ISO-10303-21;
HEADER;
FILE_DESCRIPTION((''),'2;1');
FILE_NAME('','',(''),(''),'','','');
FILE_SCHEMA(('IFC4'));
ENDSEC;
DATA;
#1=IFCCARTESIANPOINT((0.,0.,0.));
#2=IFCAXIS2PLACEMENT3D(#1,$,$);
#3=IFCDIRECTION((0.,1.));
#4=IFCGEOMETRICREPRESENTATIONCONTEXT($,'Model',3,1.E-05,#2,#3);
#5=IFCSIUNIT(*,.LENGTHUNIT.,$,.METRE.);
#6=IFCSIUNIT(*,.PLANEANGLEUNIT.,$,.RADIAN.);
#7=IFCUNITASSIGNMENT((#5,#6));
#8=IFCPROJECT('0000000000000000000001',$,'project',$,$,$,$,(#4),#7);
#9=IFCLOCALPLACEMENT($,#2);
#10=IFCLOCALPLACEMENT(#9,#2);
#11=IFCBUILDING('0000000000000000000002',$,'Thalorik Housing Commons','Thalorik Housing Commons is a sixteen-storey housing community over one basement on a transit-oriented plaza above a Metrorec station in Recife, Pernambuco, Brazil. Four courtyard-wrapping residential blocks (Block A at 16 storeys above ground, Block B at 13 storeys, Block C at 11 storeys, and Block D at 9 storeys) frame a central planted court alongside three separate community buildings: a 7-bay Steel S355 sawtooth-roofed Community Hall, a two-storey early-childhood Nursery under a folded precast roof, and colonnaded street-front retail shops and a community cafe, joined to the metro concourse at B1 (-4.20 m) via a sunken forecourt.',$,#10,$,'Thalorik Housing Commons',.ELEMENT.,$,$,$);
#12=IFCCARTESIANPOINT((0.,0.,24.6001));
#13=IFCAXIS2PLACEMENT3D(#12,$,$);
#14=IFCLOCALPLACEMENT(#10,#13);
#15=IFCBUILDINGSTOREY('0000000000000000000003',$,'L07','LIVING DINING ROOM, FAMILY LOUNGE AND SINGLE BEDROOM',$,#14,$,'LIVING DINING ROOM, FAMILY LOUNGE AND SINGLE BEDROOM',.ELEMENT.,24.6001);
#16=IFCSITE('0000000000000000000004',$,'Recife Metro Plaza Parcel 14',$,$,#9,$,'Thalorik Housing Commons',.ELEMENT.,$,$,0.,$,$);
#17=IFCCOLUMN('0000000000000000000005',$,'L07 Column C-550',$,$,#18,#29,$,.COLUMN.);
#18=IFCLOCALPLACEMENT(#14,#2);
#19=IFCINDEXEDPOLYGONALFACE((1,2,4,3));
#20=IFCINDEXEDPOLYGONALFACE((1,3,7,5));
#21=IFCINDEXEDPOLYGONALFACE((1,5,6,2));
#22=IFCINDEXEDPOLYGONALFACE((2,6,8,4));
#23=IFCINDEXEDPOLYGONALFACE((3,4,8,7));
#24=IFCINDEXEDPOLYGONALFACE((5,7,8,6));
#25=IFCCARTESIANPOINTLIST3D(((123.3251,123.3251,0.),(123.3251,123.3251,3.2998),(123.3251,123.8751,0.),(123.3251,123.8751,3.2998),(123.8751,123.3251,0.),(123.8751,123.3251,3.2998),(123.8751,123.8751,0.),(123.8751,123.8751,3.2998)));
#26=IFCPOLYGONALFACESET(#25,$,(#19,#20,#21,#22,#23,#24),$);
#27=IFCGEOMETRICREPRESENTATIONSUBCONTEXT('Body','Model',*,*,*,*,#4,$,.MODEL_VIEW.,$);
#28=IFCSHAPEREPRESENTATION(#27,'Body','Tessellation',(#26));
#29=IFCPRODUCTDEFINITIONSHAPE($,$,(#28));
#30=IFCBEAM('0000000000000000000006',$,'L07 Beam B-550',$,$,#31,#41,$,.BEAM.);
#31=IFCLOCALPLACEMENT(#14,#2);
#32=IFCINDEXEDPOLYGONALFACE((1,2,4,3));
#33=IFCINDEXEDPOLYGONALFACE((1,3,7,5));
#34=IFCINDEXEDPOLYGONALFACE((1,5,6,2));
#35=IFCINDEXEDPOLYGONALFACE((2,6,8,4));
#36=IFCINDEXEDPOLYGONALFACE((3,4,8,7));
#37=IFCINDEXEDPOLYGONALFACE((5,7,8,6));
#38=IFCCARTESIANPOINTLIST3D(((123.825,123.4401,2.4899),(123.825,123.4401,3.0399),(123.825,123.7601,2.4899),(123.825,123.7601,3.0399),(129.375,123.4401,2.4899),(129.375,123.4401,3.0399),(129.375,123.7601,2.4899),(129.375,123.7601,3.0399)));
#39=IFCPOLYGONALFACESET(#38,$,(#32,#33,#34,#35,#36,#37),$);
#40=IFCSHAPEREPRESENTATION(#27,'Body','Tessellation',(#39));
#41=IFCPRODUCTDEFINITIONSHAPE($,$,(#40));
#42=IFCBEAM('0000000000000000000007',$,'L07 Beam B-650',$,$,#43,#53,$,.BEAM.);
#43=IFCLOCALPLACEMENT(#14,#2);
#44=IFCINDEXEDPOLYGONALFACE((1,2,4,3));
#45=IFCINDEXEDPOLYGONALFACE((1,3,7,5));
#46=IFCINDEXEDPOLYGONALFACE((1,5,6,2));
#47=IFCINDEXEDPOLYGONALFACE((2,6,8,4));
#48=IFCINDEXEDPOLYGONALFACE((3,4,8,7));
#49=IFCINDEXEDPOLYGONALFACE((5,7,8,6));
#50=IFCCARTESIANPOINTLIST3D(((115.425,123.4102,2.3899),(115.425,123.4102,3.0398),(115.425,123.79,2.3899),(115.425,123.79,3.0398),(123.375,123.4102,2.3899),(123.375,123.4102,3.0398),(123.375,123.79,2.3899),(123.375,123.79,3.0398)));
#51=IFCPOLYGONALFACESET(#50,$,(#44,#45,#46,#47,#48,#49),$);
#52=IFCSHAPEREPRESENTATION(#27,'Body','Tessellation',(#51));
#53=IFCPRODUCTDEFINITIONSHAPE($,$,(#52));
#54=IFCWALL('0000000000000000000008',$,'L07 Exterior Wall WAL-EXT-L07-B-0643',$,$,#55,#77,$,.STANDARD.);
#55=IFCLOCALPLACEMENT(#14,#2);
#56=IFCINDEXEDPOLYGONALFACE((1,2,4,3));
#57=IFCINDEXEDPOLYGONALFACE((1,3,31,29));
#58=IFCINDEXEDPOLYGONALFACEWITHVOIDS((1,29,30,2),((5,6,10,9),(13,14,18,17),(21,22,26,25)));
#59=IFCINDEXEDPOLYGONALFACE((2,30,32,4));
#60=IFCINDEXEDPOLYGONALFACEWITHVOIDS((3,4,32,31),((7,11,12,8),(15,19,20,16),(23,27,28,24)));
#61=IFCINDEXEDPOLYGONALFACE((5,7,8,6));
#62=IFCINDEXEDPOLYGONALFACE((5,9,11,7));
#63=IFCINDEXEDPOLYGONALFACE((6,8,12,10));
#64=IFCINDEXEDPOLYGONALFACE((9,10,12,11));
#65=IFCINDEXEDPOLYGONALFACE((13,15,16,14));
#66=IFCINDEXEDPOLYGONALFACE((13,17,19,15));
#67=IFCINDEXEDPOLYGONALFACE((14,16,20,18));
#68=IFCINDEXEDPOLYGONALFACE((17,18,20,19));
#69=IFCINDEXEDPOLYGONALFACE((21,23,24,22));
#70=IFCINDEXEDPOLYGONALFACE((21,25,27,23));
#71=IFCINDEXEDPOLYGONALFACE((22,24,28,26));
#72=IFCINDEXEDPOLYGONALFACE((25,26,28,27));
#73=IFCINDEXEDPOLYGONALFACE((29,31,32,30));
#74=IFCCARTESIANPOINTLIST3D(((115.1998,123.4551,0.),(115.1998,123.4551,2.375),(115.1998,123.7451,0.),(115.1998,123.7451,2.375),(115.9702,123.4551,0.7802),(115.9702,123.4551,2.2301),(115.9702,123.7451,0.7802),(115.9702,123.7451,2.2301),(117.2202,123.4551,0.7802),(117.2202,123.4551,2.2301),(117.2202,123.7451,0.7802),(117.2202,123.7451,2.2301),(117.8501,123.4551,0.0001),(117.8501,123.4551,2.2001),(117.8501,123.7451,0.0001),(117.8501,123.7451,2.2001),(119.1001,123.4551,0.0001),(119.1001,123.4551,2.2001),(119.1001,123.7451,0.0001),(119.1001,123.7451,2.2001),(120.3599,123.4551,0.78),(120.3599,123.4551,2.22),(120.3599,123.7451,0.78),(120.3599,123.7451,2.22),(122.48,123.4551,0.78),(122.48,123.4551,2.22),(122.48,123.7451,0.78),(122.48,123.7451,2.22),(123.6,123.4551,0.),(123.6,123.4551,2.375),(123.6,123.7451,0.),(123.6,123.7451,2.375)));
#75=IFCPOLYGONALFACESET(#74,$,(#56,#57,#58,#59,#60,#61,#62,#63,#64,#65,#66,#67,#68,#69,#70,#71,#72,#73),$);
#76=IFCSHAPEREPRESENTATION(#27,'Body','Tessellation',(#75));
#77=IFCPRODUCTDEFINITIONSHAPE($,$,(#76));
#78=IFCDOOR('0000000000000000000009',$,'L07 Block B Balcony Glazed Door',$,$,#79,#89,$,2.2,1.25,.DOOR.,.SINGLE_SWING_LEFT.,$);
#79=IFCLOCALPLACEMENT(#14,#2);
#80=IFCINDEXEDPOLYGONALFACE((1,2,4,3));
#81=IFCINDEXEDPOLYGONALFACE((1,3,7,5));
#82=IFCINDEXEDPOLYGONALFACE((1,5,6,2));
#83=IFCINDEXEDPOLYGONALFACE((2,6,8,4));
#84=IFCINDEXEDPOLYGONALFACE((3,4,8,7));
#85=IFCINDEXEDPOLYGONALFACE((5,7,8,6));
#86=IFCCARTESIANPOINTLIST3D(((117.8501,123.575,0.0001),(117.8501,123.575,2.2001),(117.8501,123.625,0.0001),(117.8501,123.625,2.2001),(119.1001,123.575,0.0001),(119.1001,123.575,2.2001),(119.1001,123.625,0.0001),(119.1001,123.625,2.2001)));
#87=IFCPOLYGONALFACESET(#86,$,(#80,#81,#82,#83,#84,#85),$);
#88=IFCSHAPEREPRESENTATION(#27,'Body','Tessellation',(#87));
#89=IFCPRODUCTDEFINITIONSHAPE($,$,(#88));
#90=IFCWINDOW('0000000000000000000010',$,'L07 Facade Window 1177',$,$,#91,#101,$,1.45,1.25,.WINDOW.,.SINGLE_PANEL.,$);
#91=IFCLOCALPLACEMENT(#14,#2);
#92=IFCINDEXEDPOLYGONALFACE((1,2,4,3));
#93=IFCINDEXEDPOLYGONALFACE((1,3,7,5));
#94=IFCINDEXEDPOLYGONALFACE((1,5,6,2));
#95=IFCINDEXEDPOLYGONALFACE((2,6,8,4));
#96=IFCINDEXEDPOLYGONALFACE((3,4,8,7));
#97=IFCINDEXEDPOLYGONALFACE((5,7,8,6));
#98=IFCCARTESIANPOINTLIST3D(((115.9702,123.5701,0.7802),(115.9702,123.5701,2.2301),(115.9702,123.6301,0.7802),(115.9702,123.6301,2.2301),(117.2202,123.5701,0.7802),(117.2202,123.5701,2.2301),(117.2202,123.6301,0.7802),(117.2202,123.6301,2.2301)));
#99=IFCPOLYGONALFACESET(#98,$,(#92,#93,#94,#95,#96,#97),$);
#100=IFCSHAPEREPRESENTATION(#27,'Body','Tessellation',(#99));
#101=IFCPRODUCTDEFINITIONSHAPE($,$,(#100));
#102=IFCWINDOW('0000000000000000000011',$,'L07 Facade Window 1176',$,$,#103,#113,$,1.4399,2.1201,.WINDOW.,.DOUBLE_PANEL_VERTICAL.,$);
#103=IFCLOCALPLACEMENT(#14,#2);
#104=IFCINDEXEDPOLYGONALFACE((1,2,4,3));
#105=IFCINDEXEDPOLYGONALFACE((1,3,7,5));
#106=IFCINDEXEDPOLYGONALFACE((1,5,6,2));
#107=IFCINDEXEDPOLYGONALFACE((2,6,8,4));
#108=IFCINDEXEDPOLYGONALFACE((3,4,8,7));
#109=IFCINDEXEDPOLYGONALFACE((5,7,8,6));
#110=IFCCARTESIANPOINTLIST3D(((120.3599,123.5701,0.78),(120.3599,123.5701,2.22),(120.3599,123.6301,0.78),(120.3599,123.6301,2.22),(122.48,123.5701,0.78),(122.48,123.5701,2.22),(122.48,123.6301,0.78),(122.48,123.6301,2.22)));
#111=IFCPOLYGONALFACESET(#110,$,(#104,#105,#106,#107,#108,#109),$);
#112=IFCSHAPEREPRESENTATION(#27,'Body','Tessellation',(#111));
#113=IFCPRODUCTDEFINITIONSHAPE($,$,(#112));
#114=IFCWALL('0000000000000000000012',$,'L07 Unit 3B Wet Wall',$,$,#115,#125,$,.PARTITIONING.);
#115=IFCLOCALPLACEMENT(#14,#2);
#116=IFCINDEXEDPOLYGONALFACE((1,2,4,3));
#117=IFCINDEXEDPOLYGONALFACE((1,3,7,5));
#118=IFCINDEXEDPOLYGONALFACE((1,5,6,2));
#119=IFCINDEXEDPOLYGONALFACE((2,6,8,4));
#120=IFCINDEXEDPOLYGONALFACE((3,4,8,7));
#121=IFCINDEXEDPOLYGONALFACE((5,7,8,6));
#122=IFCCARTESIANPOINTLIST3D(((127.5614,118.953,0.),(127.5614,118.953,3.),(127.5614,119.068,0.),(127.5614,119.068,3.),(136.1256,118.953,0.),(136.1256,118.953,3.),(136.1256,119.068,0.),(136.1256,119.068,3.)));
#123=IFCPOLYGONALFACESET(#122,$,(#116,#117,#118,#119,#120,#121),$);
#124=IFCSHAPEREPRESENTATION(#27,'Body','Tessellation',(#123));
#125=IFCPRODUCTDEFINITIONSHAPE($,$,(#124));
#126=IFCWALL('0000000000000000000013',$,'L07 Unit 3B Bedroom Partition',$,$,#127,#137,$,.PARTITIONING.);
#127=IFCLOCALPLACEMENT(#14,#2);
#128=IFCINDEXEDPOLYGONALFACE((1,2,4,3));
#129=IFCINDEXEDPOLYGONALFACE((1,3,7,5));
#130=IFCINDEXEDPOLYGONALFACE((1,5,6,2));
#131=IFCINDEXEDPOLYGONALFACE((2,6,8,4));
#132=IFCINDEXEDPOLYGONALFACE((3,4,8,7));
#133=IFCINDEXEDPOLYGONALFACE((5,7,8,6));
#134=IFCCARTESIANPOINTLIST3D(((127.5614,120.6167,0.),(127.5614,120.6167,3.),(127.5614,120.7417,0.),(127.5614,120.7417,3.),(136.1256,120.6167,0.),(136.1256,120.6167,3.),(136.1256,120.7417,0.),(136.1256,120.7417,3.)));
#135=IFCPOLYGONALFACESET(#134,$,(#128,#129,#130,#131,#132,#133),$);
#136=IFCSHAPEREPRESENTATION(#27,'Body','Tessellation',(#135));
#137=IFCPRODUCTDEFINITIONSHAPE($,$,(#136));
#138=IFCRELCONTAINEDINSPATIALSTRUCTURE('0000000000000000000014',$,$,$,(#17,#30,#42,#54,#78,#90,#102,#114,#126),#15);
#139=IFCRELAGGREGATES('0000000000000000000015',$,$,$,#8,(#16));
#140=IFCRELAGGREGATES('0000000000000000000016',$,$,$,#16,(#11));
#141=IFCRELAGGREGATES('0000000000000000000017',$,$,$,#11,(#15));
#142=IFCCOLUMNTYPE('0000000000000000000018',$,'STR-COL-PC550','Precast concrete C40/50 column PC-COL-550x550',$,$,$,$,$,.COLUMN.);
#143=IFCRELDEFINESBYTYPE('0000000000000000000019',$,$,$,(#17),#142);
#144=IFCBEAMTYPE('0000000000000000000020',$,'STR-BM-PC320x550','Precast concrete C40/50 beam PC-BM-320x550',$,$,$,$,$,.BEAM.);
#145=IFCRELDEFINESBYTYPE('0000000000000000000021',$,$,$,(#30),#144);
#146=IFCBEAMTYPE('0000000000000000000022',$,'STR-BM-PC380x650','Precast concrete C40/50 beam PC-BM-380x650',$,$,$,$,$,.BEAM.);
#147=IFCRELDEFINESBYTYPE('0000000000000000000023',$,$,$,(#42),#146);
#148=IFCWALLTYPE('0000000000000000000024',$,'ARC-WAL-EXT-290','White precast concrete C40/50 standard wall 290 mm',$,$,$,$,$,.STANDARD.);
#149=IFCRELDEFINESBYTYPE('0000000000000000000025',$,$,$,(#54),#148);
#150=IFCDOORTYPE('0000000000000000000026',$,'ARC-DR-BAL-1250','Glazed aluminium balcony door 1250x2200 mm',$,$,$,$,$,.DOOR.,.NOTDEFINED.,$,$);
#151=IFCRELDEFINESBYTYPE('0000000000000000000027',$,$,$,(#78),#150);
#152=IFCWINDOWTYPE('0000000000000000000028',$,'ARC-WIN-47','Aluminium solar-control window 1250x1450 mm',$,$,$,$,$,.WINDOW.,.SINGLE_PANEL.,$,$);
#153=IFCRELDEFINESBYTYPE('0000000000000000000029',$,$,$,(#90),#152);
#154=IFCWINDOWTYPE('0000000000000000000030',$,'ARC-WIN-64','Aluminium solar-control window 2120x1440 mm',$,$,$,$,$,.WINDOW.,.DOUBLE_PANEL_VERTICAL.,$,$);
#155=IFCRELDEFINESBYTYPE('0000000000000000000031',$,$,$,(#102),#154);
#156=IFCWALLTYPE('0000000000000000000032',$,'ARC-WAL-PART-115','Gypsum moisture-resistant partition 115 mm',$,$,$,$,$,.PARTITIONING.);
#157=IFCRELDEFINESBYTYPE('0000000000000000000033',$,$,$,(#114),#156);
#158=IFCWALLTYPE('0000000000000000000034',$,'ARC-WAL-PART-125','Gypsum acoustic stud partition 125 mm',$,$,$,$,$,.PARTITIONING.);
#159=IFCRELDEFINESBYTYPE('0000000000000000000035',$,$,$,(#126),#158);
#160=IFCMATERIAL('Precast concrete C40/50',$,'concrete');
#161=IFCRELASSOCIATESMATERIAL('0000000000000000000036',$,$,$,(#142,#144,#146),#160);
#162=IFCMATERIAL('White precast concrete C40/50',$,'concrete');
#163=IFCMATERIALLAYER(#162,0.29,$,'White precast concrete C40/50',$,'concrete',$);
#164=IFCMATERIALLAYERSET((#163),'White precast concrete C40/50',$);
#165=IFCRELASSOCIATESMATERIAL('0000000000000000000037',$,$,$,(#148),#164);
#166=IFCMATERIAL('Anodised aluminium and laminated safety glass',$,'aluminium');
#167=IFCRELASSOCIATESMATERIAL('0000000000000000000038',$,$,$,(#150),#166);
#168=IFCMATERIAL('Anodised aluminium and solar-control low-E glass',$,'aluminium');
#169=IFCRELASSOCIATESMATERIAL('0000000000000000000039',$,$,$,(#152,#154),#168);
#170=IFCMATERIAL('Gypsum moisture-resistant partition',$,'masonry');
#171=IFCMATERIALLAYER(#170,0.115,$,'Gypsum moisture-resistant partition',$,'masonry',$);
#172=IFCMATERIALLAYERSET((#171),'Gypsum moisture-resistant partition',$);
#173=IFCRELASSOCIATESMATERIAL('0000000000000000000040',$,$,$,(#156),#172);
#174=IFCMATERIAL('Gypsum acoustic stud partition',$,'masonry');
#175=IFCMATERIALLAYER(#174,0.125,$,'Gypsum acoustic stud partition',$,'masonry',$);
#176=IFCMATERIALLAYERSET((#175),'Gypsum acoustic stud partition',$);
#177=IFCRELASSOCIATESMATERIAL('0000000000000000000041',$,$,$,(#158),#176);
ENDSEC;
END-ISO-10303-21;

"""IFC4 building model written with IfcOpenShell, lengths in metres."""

from ifc_helpers import new_model, si_unit, direction, frame, frame_2d, origin, origin_2d, place, context, subcontext, project, spatial, rectangle, extrude, material, layer, layer_set, material_profile, profile_set, type_object, element, fill, save


model = new_model("IFC4")

# Units and contexts
model_context = context("Model", 3, precision=1e-05, world=origin(), true_north=direction((0.0, 1.0)))
body_context = subcontext(model_context, "Body", "Model", "MODEL_VIEW")
ifc_project = project(units=[si_unit("LENGTHUNIT", "METRE"), si_unit("PLANEANGLEUNIT", "RADIAN")], contexts=[model_context])

# Site, building, storey
site_placement = place(None, origin())
site = spatial("IfcSite", under=ifc_project, at=site_placement, Name="Recife Metro Plaza Parcel 14", LongName="Thalorik Housing Commons", CompositionType="ELEMENT", RefElevation=0.0)
building_placement = place(site_placement, origin())
building = spatial("IfcBuilding", under=site, at=building_placement, Name="Thalorik Housing Commons", Description="Thalorik Housing Commons is a sixteen-storey housing community over one basement on a transit-oriented plaza above a Metrorec station in Recife, Pernambuco, Brazil. Four courtyard-wrapping residential blocks (Block A at 16 storeys above ground, Block B at 13 storeys, Block C at 11 storeys, and Block D at 9 storeys) frame a central planted court alongside three separate community buildings: a 7-bay Steel S355 sawtooth-roofed Community Hall, a two-storey early-childhood Nursery under a folded precast roof, and colonnaded street-front retail shops and a community cafe, joined to the metro concourse at B1 (-4.20 m) via a sunken forecourt.", LongName="Thalorik Housing Commons", CompositionType="ELEMENT")
storey_placement = place(building_placement, frame((0.0, 0.0, 24.6001)))
storey = spatial("IfcBuildingStorey", under=building, at=storey_placement, Name="L07", Description="LIVING DINING ROOM, FAMILY LOUNGE AND SINGLE BEDROOM", LongName="LIVING DINING ROOM, FAMILY LOUNGE AND SINGLE BEDROOM", CompositionType="ELEMENT", Elevation=24.6001)

# Column
ifc_material_1 = material(Name="Precast concrete C40/50", Category="concrete")
ifc_material_profile_1 = material_profile(ifc_material_1, rectangle(XDim=0.55, YDim=0.55, at=origin_2d()), Name="PC 550x550", Category="concrete")
ifc_profile_set_1 = profile_set([ifc_material_profile_1], Name="Precast concrete C40/50")
column_type = type_object("IfcColumnType", Name="STR-COL-PC550", Description="Precast concrete C40/50 column PC-COL-550x550", PredefinedType="COLUMN", material=ifc_profile_set_1)
column_placement = place(storey_placement, frame((123.6001, 123.6001, 0.0), z_axis=(0.0, 0.0, 1.0), x_axis=(1.0, 0.0, 0.0)))
element("IfcColumn", 1, at=column_placement, inside=storey, type_object=column_type, Name="L07 Column C-550", PredefinedType="COLUMN", context=body_context, shape_type="SweptSolid", body=[
    extrude(rectangle(XDim=0.55, YDim=0.55, at=origin_2d()), origin(), (0.0, 0.0, 1.0), 3.2998),
])

# Beams
ifc_material_profile_2 = material_profile(ifc_material_1, rectangle(XDim=0.3201, YDim=0.55, at=origin_2d()), Name="PC 320x550", Category="concrete")
ifc_profile_set_2 = profile_set([ifc_material_profile_2], Name="Precast concrete C40/50")
beam_type_1 = type_object("IfcBeamType", Name="STR-BM-PC320x550", Description="Precast concrete C40/50 beam PC-BM-320x550", PredefinedType="BEAM", material=ifc_profile_set_2)
beam_1_placement = place(storey_placement, frame((123.825, 123.6001, 2.7649), z_axis=(1.0, 0.0, 0.0), x_axis=(0.0, 1.0, 0.0)))
element("IfcBeam", 2, at=beam_1_placement, inside=storey, type_object=beam_type_1, Name="L07 Beam B-550", PredefinedType="BEAM", context=body_context, shape_type="SweptSolid", body=[
    extrude(rectangle(XDim=0.3201, YDim=0.55, at=origin_2d()), origin(), (0.0, 0.0, 1.0), 5.55),
])
ifc_material_profile_3 = material_profile(ifc_material_1, rectangle(XDim=0.3799, YDim=0.6499, at=origin_2d()), Name="PC 380x650", Category="concrete")
ifc_profile_set_3 = profile_set([ifc_material_profile_3], Name="Precast concrete C40/50")
beam_type_2 = type_object("IfcBeamType", Name="STR-BM-PC380x650", Description="Precast concrete C40/50 beam PC-BM-380x650", PredefinedType="BEAM", material=ifc_profile_set_3)
beam_2_placement = place(storey_placement, frame((115.425, 123.6001, 2.7148), z_axis=(1.0, 0.0, 0.0), x_axis=(0.0, 1.0, 0.0)))
element("IfcBeam", 3, at=beam_2_placement, inside=storey, type_object=beam_type_2, Name="L07 Beam B-650", PredefinedType="BEAM", context=body_context, shape_type="SweptSolid", body=[
    extrude(rectangle(XDim=0.3799, YDim=0.6499, at=origin_2d()), origin(), (0.0, 0.0, 1.0), 7.95),
])

# Wall, openings, door, windows
ifc_material_2 = material(Name="White precast concrete C40/50", Category="concrete")
ifc_layer_1 = layer(ifc_material_2, 0.29, Name="White precast concrete C40/50", Category="concrete")
ifc_layer_set_1 = layer_set([ifc_layer_1], Name="White precast concrete C40/50")
wall_type_1 = type_object("IfcWallType", Name="ARC-WAL-EXT-290", Description="White precast concrete C40/50 standard wall 290 mm", PredefinedType="STANDARD", material=ifc_layer_set_1)
wall_1_placement = place(storey_placement, frame((123.6001, 123.6001, 0.0), z_axis=(0.0, 0.0, 1.0), x_axis=(-1.0, 0.0, 0.0)))
wall_1 = element("IfcWall", 4, at=wall_1_placement, inside=storey, type_object=wall_type_1, Name="L07 Exterior Wall WAL-EXT-L07-B-0643", PredefinedType="STANDARD", context=body_context, shape_type="SweptSolid", body=[
    extrude(rectangle(XDim=8.4001, YDim=0.29, at=frame_2d((4.2002, 0.0))), origin(), (0.0, 0.0, 1.0), 2.375),
])
opening_1_placement = place(wall_1_placement, frame((4.5, 0.0, 0.0)))
opening_1 = element("IfcOpeningElement", 5, at=opening_1_placement, cuts=wall_1, PredefinedType="OPENING", context=body_context, shape_type="SweptSolid", body=[
    extrude(rectangle(XDim=1.25, YDim=2.2, at=frame_2d((0.625, 1.1001))), frame((0.0, 0.155, 0.0), z_axis=(0.0, -1.0, 0.0), x_axis=(1.0, 0.0, 0.0)), (0.0, 0.0, 1.0), 0.3101),
])
opening_2_placement = place(wall_1_placement, frame((1.1201, 0.0, 0.78)))
opening_2 = element("IfcOpeningElement", 6, at=opening_2_placement, cuts=wall_1, PredefinedType="OPENING", context=body_context, shape_type="SweptSolid", body=[
    extrude(rectangle(XDim=2.1201, YDim=1.4399, at=frame_2d((1.0601, 0.72))), frame((0.0, 0.155, 0.0), z_axis=(0.0, -1.0, 0.0), x_axis=(1.0, 0.0, 0.0)), (0.0, 0.0, 1.0), 0.3101),
])
opening_3_placement = place(wall_1_placement, frame((6.3799, 0.0, 0.78)))
opening_3 = element("IfcOpeningElement", 7, at=opening_3_placement, cuts=wall_1, PredefinedType="OPENING", context=body_context, shape_type="SweptSolid", body=[
    extrude(rectangle(XDim=1.25, YDim=1.45, at=frame_2d((0.625, 0.7251))), frame((0.0, 0.155, 0.0), z_axis=(0.0, -1.0, 0.0), x_axis=(1.0, 0.0, 0.0)), (0.0, 0.0, 1.0), 0.3101),
])
ifc_material_3 = material(Name="Anodised aluminium and laminated safety glass", Category="aluminium")
door_type_1 = type_object("IfcDoorType", Name="ARC-DR-BAL-1250", Description="Glazed aluminium balcony door 1250x2200 mm", OperationType="NOTDEFINED", PredefinedType="DOOR", material=ifc_material_3)
door_1_placement = place(opening_1_placement, frame((1.25, 0.0, 0.0), z_axis=(0.0, 0.0, 1.0), x_axis=(-1.0, 0.0, 0.0)))
door_1 = element("IfcDoor", 8, at=door_1_placement, inside=storey, type_object=door_type_1, Name="L07 Block B Balcony Glazed Door", OperationType="SINGLE_SWING_LEFT", OverallHeight=2.2, OverallWidth=1.25, PredefinedType="DOOR", context=body_context, shape_type="SweptSolid", body=[
    extrude(rectangle(XDim=1.25, YDim=2.2, at=frame_2d((0.625, 1.1001))), frame((0.0, 0.0249, 0.0), z_axis=(0.0, -1.0, 0.0), x_axis=(1.0, 0.0, 0.0)), (0.0, 0.0, 1.0), 0.05),
])
fill(opening_1, door_1)
ifc_material_4 = material(Name="Anodised aluminium and solar-control low-E glass", Category="aluminium")
window_type_1 = type_object("IfcWindowType", Name="ARC-WIN-47", Description="Aluminium solar-control window 1250x1450 mm", PartitioningType="SINGLE_PANEL", PredefinedType="WINDOW", material=ifc_material_4)
window_1_placement = place(opening_3_placement, origin())
window_1 = element("IfcWindow", 9, at=window_1_placement, inside=storey, type_object=window_type_1, Name="L07 Facade Window 1177", OverallHeight=1.45, OverallWidth=1.25, PartitioningType="SINGLE_PANEL", PredefinedType="WINDOW", context=body_context, shape_type="SweptSolid", body=[
    extrude(rectangle(XDim=1.25, YDim=1.45, at=frame_2d((0.625, 0.7251))), frame((0.0, 0.03, 0.0), z_axis=(0.0, -1.0, 0.0), x_axis=(1.0, 0.0, 0.0)), (0.0, 0.0, 1.0), 0.0601),
])
fill(opening_3, window_1)
window_type_2 = type_object("IfcWindowType", Name="ARC-WIN-64", Description="Aluminium solar-control window 2120x1440 mm", PartitioningType="DOUBLE_PANEL_VERTICAL", PredefinedType="WINDOW", material=ifc_material_4)
window_2_placement = place(opening_2_placement, origin())
window_2 = element("IfcWindow", 10, at=window_2_placement, inside=storey, type_object=window_type_2, Name="L07 Facade Window 1176", OverallHeight=1.4399, OverallWidth=2.1201, PartitioningType="DOUBLE_PANEL_VERTICAL", PredefinedType="WINDOW", context=body_context, shape_type="SweptSolid", body=[
    extrude(rectangle(XDim=2.1201, YDim=1.4399, at=frame_2d((1.0601, 0.72))), frame((0.0, 0.03, 0.0), z_axis=(0.0, -1.0, 0.0), x_axis=(1.0, 0.0, 0.0)), (0.0, 0.0, 1.0), 0.0601),
])
fill(opening_2, window_2)

# Walls
ifc_material_5 = material(Name="Gypsum moisture-resistant partition", Category="masonry")
ifc_layer_2 = layer(ifc_material_5, 0.115, Name="Gypsum moisture-resistant partition", Category="masonry")
ifc_layer_set_2 = layer_set([ifc_layer_2], Name="Gypsum moisture-resistant partition")
wall_type_2 = type_object("IfcWallType", Name="ARC-WAL-PART-115", Description="Gypsum moisture-resistant partition 115 mm", PredefinedType="PARTITIONING", material=ifc_layer_set_2)
wall_2_placement = place(storey_placement, frame((127.5613, 119.0105, 0.0), z_axis=(0.0, 0.0, 1.0), x_axis=(1.0, 0.0, 0.0)))
element("IfcWall", 11, at=wall_2_placement, inside=storey, type_object=wall_type_2, Name="L07 Unit 3B Wet Wall", PredefinedType="PARTITIONING", context=body_context, shape_type="SweptSolid", body=[
    extrude(rectangle(XDim=8.5642, YDim=0.115, at=frame_2d((4.2822, 0.0))), origin(), (0.0, 0.0, 1.0), 3.0),
])
ifc_material_6 = material(Name="Gypsum acoustic stud partition", Category="masonry")
ifc_layer_3 = layer(ifc_material_6, 0.125, Name="Gypsum acoustic stud partition", Category="masonry")
ifc_layer_set_3 = layer_set([ifc_layer_3], Name="Gypsum acoustic stud partition")
wall_type_3 = type_object("IfcWallType", Name="ARC-WAL-PART-125", Description="Gypsum acoustic stud partition 125 mm", PredefinedType="PARTITIONING", material=ifc_layer_set_3)
wall_3_placement = place(storey_placement, frame((127.5613, 120.6792, 0.0), z_axis=(0.0, 0.0, 1.0), x_axis=(1.0, 0.0, 0.0)))
element("IfcWall", 12, at=wall_3_placement, inside=storey, type_object=wall_type_3, Name="L07 Unit 3B Bedroom Partition", PredefinedType="PARTITIONING", context=body_context, shape_type="SweptSolid", body=[
    extrude(rectangle(XDim=8.5642, YDim=0.125, at=frame_2d((4.2822, 0.0))), origin(), (0.0, 0.0, 1.0), 3.0),
])

save(model, "model.ifc")
